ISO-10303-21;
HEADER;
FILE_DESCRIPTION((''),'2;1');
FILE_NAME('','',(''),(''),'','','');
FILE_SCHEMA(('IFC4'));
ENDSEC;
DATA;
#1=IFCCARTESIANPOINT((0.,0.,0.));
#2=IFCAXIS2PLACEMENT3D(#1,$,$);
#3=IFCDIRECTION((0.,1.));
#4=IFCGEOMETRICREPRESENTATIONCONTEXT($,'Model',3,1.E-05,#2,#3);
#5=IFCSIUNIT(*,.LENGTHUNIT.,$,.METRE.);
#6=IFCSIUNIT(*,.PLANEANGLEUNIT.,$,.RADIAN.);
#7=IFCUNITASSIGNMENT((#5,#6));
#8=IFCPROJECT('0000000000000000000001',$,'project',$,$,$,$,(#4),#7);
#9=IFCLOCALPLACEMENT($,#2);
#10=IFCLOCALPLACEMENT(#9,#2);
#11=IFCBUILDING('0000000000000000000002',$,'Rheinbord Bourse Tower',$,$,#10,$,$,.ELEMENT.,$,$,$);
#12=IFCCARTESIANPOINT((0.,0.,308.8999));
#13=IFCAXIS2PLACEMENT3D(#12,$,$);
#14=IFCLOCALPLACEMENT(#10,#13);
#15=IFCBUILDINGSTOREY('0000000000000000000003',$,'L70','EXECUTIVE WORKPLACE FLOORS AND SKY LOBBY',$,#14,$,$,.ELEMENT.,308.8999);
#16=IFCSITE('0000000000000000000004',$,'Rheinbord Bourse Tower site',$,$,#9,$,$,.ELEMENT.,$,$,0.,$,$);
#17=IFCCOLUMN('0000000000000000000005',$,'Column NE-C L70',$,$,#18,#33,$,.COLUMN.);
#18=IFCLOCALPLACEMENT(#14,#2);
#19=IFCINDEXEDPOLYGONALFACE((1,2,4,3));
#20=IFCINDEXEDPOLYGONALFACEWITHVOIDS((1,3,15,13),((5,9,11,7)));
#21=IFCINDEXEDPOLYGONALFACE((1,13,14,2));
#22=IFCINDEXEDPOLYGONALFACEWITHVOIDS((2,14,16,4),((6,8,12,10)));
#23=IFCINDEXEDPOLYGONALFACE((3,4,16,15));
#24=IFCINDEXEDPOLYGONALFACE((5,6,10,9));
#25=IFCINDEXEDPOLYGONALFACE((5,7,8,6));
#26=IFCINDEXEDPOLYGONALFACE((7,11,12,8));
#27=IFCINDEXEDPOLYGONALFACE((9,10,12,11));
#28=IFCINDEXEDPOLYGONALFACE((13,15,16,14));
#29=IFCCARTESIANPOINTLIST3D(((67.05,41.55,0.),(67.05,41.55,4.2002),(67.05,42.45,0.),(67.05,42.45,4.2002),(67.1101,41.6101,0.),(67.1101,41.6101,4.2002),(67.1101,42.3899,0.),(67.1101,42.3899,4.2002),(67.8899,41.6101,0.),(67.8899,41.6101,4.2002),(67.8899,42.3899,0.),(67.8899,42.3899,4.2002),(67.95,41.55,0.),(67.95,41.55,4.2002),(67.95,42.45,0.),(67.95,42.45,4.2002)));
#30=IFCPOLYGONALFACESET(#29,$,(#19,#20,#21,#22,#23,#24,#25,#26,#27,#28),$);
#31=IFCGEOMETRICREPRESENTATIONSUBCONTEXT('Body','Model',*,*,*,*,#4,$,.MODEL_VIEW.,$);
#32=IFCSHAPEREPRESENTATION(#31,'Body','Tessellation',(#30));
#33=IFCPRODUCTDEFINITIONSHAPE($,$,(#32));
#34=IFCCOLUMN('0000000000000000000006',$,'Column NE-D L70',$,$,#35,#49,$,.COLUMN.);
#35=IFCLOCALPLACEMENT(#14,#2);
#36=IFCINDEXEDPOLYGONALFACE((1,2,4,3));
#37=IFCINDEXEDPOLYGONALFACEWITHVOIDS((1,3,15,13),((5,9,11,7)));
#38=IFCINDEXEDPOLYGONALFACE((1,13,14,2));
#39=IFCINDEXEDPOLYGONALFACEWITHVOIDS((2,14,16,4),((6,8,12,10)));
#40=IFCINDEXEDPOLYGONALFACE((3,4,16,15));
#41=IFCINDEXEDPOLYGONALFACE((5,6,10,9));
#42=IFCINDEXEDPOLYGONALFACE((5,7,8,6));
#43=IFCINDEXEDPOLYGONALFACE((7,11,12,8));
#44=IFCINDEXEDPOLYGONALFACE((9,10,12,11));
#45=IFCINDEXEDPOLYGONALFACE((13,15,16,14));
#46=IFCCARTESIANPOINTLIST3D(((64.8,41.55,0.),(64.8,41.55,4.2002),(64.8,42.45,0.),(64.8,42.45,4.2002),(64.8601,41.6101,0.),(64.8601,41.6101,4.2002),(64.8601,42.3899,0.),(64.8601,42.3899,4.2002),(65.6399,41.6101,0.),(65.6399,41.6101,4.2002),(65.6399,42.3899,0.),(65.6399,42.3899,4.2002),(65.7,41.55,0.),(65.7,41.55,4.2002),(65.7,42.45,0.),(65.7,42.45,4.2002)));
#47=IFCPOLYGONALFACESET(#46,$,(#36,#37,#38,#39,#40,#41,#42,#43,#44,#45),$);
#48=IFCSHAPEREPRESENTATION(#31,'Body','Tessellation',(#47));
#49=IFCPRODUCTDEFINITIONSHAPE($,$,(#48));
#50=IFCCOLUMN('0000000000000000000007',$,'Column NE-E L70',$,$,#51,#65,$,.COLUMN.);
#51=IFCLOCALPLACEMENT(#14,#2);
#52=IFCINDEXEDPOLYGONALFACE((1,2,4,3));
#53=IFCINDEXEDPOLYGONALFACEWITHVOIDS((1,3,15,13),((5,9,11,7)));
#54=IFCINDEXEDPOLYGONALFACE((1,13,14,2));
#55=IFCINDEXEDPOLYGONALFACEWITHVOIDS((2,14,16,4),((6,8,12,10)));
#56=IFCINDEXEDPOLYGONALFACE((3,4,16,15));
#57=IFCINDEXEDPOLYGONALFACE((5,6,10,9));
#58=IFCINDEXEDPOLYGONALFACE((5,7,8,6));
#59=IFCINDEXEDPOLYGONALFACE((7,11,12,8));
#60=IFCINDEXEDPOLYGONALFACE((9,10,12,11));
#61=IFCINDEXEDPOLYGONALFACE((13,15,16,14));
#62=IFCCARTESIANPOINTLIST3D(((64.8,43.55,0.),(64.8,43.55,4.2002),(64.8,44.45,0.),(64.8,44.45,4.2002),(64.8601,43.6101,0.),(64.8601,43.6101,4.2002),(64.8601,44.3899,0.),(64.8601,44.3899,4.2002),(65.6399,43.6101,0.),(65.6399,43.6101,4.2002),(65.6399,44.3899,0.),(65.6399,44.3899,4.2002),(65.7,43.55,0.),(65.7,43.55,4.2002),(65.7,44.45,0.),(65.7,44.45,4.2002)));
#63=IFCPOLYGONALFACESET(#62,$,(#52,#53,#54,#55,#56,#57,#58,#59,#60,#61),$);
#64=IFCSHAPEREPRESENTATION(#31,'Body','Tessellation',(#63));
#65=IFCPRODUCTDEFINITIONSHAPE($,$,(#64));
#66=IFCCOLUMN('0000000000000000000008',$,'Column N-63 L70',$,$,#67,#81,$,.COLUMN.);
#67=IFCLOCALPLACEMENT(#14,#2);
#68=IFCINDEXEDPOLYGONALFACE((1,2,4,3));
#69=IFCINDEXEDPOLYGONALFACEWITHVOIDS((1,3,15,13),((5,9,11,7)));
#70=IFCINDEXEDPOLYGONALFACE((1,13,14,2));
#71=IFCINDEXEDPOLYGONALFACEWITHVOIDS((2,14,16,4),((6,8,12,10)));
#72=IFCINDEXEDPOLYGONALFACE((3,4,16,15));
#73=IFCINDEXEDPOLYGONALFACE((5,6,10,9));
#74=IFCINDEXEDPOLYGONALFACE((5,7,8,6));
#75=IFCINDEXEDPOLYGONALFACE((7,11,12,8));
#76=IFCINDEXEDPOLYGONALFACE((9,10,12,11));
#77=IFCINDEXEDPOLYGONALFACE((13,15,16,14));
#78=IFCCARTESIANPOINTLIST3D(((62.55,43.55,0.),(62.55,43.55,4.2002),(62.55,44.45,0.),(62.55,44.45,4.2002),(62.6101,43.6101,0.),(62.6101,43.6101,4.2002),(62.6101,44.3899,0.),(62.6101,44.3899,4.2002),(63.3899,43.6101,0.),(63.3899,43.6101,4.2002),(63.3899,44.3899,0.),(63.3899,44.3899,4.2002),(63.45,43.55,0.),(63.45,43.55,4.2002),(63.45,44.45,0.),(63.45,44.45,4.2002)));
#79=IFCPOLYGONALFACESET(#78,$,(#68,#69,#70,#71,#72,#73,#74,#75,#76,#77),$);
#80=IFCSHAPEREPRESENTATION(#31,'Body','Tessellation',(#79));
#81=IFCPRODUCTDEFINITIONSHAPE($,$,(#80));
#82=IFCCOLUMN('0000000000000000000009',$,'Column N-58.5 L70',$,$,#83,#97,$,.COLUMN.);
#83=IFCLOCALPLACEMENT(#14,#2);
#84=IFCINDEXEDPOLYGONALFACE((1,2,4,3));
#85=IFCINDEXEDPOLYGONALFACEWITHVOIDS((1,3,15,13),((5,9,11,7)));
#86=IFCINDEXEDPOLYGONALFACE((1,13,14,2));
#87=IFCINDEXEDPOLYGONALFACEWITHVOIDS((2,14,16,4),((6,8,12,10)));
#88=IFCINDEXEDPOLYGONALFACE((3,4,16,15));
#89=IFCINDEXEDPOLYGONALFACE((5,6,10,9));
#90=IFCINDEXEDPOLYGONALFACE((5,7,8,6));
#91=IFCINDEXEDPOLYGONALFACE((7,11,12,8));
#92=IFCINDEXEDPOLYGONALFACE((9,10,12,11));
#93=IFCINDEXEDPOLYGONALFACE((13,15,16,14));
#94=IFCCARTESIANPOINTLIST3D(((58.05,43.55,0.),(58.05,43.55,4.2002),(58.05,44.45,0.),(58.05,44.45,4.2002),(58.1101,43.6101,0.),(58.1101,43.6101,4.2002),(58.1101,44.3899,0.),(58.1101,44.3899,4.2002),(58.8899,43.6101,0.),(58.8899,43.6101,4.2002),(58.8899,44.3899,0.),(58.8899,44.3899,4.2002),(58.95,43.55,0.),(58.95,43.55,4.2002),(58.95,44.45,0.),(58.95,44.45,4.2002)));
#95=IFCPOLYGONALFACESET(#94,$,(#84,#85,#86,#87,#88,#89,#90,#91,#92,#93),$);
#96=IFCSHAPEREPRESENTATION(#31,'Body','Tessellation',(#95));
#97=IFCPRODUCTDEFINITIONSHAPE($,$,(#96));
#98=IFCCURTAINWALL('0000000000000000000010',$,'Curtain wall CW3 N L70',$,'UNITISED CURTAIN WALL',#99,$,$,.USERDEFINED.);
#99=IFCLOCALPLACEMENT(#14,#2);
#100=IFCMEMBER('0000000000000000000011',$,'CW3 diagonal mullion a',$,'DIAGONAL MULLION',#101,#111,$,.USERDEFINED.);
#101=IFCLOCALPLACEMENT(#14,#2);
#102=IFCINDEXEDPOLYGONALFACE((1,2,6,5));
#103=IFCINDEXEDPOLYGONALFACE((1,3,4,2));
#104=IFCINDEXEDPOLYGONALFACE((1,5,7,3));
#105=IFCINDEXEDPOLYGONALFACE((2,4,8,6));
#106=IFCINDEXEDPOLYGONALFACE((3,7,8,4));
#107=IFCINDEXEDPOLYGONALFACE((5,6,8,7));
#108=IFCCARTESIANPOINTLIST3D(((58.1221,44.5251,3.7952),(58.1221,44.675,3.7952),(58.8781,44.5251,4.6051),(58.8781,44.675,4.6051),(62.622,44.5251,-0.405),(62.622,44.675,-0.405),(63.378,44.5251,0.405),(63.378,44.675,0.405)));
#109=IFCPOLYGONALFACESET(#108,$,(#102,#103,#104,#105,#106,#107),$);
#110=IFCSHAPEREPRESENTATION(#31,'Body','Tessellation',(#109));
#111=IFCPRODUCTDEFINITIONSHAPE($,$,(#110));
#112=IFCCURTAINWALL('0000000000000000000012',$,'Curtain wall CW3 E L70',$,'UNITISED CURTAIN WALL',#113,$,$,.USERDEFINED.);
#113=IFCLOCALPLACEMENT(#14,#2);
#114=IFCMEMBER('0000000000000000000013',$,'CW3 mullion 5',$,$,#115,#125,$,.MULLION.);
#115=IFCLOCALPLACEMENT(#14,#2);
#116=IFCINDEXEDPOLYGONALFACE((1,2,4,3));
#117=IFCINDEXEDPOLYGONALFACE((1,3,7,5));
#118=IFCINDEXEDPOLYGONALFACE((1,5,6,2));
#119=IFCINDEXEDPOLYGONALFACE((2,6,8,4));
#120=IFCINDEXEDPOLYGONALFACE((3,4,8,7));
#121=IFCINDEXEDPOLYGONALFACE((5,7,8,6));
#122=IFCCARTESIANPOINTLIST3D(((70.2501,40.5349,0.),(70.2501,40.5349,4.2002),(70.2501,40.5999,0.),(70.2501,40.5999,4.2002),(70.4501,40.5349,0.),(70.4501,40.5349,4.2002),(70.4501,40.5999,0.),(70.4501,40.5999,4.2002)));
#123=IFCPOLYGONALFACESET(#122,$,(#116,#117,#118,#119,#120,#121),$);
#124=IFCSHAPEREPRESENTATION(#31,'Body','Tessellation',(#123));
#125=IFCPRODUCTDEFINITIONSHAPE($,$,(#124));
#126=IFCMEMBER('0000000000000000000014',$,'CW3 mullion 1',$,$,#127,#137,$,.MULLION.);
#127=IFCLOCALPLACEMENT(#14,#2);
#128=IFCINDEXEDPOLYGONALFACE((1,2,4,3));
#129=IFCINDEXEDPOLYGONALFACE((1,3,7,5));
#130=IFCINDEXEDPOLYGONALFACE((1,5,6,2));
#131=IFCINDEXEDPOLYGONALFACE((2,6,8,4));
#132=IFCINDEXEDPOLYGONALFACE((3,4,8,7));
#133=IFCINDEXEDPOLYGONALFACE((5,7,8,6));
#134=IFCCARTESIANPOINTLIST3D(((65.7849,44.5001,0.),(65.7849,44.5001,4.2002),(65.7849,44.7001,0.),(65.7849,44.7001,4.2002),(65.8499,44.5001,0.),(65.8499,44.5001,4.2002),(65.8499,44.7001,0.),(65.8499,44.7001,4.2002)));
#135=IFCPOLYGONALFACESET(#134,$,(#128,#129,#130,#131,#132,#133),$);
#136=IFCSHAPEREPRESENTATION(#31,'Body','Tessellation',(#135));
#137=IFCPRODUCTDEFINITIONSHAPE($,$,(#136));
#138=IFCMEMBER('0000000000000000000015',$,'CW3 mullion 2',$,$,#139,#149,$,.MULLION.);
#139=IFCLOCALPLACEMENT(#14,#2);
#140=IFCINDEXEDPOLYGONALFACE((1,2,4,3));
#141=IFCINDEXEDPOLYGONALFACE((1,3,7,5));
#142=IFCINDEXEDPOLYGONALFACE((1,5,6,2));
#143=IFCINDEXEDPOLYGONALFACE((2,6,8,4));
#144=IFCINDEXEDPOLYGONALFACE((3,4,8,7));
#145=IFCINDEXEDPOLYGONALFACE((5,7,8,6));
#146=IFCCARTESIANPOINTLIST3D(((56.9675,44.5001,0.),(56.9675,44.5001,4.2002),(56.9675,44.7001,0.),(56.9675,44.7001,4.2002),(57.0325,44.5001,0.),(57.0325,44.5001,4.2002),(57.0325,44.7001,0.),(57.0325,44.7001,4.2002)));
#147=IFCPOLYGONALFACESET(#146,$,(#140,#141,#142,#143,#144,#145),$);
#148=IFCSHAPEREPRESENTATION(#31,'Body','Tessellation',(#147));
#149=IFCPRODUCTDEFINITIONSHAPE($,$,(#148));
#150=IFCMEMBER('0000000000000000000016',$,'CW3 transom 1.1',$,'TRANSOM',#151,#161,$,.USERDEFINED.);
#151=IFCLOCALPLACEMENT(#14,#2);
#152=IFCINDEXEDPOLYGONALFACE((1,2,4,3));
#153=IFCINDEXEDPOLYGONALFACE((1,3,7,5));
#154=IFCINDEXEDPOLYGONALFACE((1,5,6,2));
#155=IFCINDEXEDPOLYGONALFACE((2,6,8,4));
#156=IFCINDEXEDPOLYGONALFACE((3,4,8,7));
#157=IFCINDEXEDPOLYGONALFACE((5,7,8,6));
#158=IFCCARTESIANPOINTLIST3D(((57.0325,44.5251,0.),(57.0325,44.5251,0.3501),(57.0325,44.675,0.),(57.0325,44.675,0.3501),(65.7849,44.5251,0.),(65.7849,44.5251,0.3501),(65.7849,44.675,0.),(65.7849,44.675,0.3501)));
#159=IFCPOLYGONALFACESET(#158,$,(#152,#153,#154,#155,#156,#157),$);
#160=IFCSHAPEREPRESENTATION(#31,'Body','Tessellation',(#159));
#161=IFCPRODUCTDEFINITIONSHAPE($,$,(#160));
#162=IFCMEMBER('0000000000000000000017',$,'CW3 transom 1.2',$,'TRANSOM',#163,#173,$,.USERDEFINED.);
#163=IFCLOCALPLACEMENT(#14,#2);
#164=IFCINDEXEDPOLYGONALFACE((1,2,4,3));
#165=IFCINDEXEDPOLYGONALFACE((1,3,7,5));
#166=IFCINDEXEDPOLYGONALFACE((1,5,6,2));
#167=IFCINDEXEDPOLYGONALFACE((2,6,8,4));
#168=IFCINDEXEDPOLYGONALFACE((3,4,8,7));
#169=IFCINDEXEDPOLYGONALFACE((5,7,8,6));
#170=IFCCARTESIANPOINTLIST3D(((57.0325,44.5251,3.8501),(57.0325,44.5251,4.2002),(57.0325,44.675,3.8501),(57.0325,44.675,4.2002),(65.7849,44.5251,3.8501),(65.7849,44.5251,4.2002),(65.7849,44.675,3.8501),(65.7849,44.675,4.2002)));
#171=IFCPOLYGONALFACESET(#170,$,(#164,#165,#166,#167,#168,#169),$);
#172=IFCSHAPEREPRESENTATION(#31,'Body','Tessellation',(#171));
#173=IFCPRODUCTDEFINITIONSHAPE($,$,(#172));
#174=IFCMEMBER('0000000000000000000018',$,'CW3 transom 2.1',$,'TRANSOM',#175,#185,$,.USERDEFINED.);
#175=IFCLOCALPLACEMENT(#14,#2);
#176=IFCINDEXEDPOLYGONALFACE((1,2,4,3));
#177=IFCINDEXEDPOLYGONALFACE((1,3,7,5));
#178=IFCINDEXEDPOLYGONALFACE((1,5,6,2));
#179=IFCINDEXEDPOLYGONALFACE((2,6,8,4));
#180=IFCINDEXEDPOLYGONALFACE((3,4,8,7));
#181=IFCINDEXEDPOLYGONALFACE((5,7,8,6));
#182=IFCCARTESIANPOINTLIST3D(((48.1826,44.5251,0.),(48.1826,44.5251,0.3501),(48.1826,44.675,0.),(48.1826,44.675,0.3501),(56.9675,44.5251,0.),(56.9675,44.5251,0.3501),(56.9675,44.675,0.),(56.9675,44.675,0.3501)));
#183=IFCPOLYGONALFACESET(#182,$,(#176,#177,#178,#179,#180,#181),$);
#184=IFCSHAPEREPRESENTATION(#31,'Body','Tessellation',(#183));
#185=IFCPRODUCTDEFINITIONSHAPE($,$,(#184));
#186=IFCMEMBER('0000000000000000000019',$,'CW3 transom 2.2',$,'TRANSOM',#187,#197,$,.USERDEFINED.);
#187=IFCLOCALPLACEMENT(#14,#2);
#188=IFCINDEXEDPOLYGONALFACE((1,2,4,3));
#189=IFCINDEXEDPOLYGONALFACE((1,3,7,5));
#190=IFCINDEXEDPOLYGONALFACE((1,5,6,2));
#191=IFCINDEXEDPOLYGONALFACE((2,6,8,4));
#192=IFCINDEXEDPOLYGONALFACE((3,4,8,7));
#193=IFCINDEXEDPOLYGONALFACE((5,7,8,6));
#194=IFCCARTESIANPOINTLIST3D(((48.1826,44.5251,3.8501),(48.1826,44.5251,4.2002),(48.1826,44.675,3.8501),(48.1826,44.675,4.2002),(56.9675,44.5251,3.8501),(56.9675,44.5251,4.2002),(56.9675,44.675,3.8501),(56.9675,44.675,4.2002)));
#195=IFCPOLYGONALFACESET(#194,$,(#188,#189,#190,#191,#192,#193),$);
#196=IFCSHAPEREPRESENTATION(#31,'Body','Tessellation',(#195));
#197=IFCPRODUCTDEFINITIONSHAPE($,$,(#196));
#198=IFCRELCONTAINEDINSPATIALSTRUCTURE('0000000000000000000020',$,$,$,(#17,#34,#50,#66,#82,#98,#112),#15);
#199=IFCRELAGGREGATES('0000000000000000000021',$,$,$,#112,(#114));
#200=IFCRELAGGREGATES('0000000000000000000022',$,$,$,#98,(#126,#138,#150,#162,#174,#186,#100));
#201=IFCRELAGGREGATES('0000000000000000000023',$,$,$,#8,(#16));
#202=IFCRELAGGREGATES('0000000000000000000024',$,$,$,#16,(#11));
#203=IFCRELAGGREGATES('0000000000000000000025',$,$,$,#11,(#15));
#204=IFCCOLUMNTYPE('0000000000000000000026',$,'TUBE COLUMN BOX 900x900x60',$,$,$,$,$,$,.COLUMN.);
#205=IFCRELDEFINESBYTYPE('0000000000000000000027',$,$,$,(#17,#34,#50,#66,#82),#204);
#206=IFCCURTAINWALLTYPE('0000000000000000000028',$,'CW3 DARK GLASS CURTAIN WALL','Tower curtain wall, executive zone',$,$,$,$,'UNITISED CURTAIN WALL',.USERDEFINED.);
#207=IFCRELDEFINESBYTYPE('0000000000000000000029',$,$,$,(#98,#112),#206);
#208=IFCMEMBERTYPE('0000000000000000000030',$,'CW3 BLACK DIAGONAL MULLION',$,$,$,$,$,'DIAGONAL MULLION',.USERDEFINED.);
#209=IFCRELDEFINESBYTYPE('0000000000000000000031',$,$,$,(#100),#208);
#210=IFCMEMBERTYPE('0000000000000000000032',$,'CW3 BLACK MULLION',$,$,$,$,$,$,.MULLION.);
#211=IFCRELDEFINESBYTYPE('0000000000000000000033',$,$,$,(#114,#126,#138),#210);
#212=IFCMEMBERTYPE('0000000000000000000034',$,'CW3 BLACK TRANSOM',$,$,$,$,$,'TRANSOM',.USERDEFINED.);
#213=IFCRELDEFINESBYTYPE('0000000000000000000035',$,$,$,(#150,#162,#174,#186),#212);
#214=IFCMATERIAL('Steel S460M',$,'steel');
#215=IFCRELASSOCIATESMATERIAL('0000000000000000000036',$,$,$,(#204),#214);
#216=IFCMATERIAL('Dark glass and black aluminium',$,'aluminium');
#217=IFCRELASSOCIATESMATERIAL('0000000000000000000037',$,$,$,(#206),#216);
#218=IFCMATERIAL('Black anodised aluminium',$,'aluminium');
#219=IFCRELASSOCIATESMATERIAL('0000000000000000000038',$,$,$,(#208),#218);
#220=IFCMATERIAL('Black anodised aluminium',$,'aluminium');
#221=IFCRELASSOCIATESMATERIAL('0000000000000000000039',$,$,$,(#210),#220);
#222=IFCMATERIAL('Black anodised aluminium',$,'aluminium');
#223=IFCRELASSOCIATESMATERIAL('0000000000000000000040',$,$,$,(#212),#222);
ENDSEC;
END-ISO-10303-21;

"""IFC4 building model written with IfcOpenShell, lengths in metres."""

from ifc_helpers import new_model, si_unit, direction, frame, origin, origin_2d, place, context, subcontext, project, spatial, rectangle, hollow_rectangle, extrude, material, material_profile, profile_set, type_object, element, aggregate, save


model = new_model("IFC4")

# Units and contexts
model_context = context("Model", 3, precision=1e-05, world=origin(), true_north=direction((0.0, 1.0)))
body_context = subcontext(model_context, "Body", "Model", "MODEL_VIEW")
ifc_project = project(units=[si_unit("LENGTHUNIT", "METRE"), si_unit("PLANEANGLEUNIT", "RADIAN")], contexts=[model_context])

# Site, building, storey
site_placement = place(None, origin())
site = spatial("IfcSite", under=ifc_project, at=site_placement, Name="Rheinbord Bourse Tower site", CompositionType="ELEMENT", RefElevation=0.0)
building_placement = place(site_placement, origin())
building = spatial("IfcBuilding", under=site, at=building_placement, Name="Rheinbord Bourse Tower", CompositionType="ELEMENT")
storey_placement = place(building_placement, frame((0.0, 0.0, 308.8999)))
storey = spatial("IfcBuildingStorey", under=building, at=storey_placement, Name="L70", Description="EXECUTIVE WORKPLACE FLOORS AND SKY LOBBY", CompositionType="ELEMENT", Elevation=308.8999)

# Columns
ifc_material_1 = material(Name="Steel S460M", Category="steel")
ifc_material_profile_1 = material_profile(ifc_material_1, hollow_rectangle(XDim=0.8999, YDim=0.8999, WallThickness=0.0601, at=origin_2d()), Name="BOX 900x900x60")
ifc_profile_set_1 = profile_set([ifc_material_profile_1], Name="Steel S460M")
column_type = type_object("IfcColumnType", Name="TUBE COLUMN BOX 900x900x60", PredefinedType="COLUMN", material=ifc_profile_set_1)
for number, where, z_axis, x_axis, name in (
    (1, (67.5, 42.0, 0.0), (0.0, 0.0, 1.0), (1.0, 0.0, 0.0), "Column NE-C L70"),
    (2, (65.25, 42.0, 0.0), (0.0, 0.0, 1.0), (0.0, 1.0, 0.0), "Column NE-D L70"),
    (3, (65.25, 44.0, 0.0), (0.0, 0.0, 1.0), (0.0, 1.0, 0.0), "Column NE-E L70"),
    (4, (63.0, 44.0, 0.0), (0.0, 0.0, 1.0), (0.0, 1.0, 0.0), "Column N-63 L70"),
    (5, (58.5, 44.0, 0.0), (0.0, 0.0, 1.0), (0.0, 1.0, 0.0), "Column N-58.5 L70"),
):
    element("IfcColumn", number, at=place(storey_placement, frame(where, z_axis=z_axis, x_axis=x_axis)), inside=storey, type_object=column_type, Name=name, PredefinedType="COLUMN", context=body_context, shape_type="SweptSolid", body=[
        extrude(hollow_rectangle(XDim=0.8999, YDim=0.8999, WallThickness=0.0601, at=origin_2d()), origin(), (0.0, 0.0, 1.0), 4.2002),
    ])

# Curtain walls, members
ifc_material_2 = material(Name="Dark glass and black aluminium", Category="aluminium")
curtain_wall_type = type_object("IfcCurtainWallType", Name="CW3 DARK GLASS CURTAIN WALL", Description="Tower curtain wall, executive zone", ElementType="UNITISED CURTAIN WALL", PredefinedType="USERDEFINED", material=ifc_material_2)
curtain_wall_1_placement = place(storey_placement, origin())
curtain_wall_1 = element("IfcCurtainWall", 6, at=curtain_wall_1_placement, inside=storey, type_object=curtain_wall_type, Name="Curtain wall CW3 N L70", ObjectType="UNITISED CURTAIN WALL", PredefinedType="USERDEFINED")
ifc_material_3 = material(Name="Black anodised aluminium", Category="aluminium")
ifc_material_profile_2 = material_profile(ifc_material_3, rectangle(XDim=0.1499, YDim=1.1079, at=origin_2d()), Name="CW3 DIAGONAL MULLION 1108x150")
ifc_profile_set_2 = profile_set([ifc_material_profile_2], Name="Black anodised aluminium")
member_type_1 = type_object("IfcMemberType", Name="CW3 BLACK DIAGONAL MULLION", ElementType="DIAGONAL MULLION", PredefinedType="USERDEFINED", material=ifc_profile_set_2)
member_1_placement = place(storey_placement, frame((63.0, 44.6001, 0.0), z_axis=(-0.731039, 0.0, 0.682335), x_axis=(0.0, -1.0, 0.0)))
member_1 = element("IfcMember", 7, at=member_1_placement, type_object=member_type_1, Name="CW3 diagonal mullion a", ObjectType="DIAGONAL MULLION", PredefinedType="USERDEFINED", context=body_context, shape_type="SweptSolid", body=[
    extrude(rectangle(XDim=0.1499, YDim=1.1079, at=origin_2d()), origin(), (0.0, 0.0, 1.0), 6.1555),
])
curtain_wall_2_placement = place(storey_placement, origin())
curtain_wall_2 = element("IfcCurtainWall", 8, at=curtain_wall_2_placement, inside=storey, type_object=curtain_wall_type, Name="Curtain wall CW3 E L70", ObjectType="UNITISED CURTAIN WALL", PredefinedType="USERDEFINED")
ifc_material_4 = material(Name="Black anodised aluminium", Category="aluminium")
ifc_material_profile_3 = material_profile(ifc_material_4, rectangle(XDim=0.2, YDim=0.0649, at=origin_2d()), Name="CW3 MULLION 65x200")
ifc_profile_set_3 = profile_set([ifc_material_profile_3], Name="Black anodised aluminium")
member_type_2 = type_object("IfcMemberType", Name="CW3 BLACK MULLION", PredefinedType="MULLION", material=ifc_profile_set_3)
member_2_placement = place(storey_placement, frame((70.3501, 40.5674, 0.0), z_axis=(0.0, 0.0, 1.0), x_axis=(-1.0, 0.0, 0.0)))
member_2 = element("IfcMember", 9, at=member_2_placement, type_object=member_type_2, Name="CW3 mullion 5", PredefinedType="MULLION", context=body_context, shape_type="SweptSolid", body=[
    extrude(rectangle(XDim=0.2, YDim=0.0649, at=origin_2d()), origin(), (0.0, 0.0, 1.0), 4.2002),
])

# Members
member_3_placement = place(storey_placement, frame((65.8174, 44.6001, 0.0), z_axis=(0.0, 0.0, 1.0), x_axis=(0.0, -1.0, 0.0)))
member_3 = element("IfcMember", 10, at=member_3_placement, type_object=member_type_2, Name="CW3 mullion 1", PredefinedType="MULLION", context=body_context, shape_type="SweptSolid", body=[
    extrude(rectangle(XDim=0.2, YDim=0.0649, at=origin_2d()), origin(), (0.0, 0.0, 1.0), 4.2002),
])
member_4_placement = place(storey_placement, frame((57.0, 44.6001, 0.0), z_axis=(0.0, 0.0, 1.0), x_axis=(0.0, -1.0, 0.0)))
member_4 = element("IfcMember", 11, at=member_4_placement, type_object=member_type_2, Name="CW3 mullion 2", PredefinedType="MULLION", context=body_context, shape_type="SweptSolid", body=[
    extrude(rectangle(XDim=0.2, YDim=0.0649, at=origin_2d()), origin(), (0.0, 0.0, 1.0), 4.2002),
])
ifc_material_5 = material(Name="Black anodised aluminium", Category="aluminium")
ifc_material_profile_4 = material_profile(ifc_material_5, rectangle(XDim=0.1499, YDim=0.3501, at=origin_2d()), Name="CW3 TRANSOM 350x150")
ifc_profile_set_4 = profile_set([ifc_material_profile_4], Name="Black anodised aluminium")
member_type_3 = type_object("IfcMemberType", Name="CW3 BLACK TRANSOM", ElementType="TRANSOM", PredefinedType="USERDEFINED", material=ifc_profile_set_4)
member_5_placement = place(storey_placement, frame((65.7849, 44.6001, 0.175), z_axis=(-1.0, 0.0, 0.0), x_axis=(0.0, -1.0, 0.0)))
member_5 = element("IfcMember", 12, at=member_5_placement, type_object=member_type_3, Name="CW3 transom 1.1", ObjectType="TRANSOM", PredefinedType="USERDEFINED", context=body_context, shape_type="SweptSolid", body=[
    extrude(rectangle(XDim=0.1499, YDim=0.3501, at=origin_2d()), origin(), (0.0, 0.0, 1.0), 8.7524),
])
member_6_placement = place(storey_placement, frame((65.7849, 44.6001, 4.0251), z_axis=(-1.0, 0.0, 0.0), x_axis=(0.0, -1.0, 0.0)))
member_6 = element("IfcMember", 13, at=member_6_placement, type_object=member_type_3, Name="CW3 transom 1.2", ObjectType="TRANSOM", PredefinedType="USERDEFINED", context=body_context, shape_type="SweptSolid", body=[
    extrude(rectangle(XDim=0.1499, YDim=0.3501, at=origin_2d()), origin(), (0.0, 0.0, 1.0), 8.7524),
])
member_7_placement = place(storey_placement, frame((56.9675, 44.6001, 0.175), z_axis=(-1.0, 0.0, 0.0), x_axis=(0.0, -1.0, 0.0)))
member_7 = element("IfcMember", 14, at=member_7_placement, type_object=member_type_3, Name="CW3 transom 2.1", ObjectType="TRANSOM", PredefinedType="USERDEFINED", context=body_context, shape_type="SweptSolid", body=[
    extrude(rectangle(XDim=0.1499, YDim=0.3501, at=origin_2d()), origin(), (0.0, 0.0, 1.0), 8.7849),
])
member_8_placement = place(storey_placement, frame((56.9675, 44.6001, 4.0251), z_axis=(-1.0, 0.0, 0.0), x_axis=(0.0, -1.0, 0.0)))
member_8 = element("IfcMember", 15, at=member_8_placement, type_object=member_type_3, Name="CW3 transom 2.2", ObjectType="TRANSOM", PredefinedType="USERDEFINED", context=body_context, shape_type="SweptSolid", body=[
    extrude(rectangle(XDim=0.1499, YDim=0.3501, at=origin_2d()), origin(), (0.0, 0.0, 1.0), 8.7849),
])

aggregate(curtain_wall_2, [member_2])
aggregate(curtain_wall_1, [member_3, member_4, member_5, member_6, member_7, member_8, member_1])

save(model, "model.ifc")
